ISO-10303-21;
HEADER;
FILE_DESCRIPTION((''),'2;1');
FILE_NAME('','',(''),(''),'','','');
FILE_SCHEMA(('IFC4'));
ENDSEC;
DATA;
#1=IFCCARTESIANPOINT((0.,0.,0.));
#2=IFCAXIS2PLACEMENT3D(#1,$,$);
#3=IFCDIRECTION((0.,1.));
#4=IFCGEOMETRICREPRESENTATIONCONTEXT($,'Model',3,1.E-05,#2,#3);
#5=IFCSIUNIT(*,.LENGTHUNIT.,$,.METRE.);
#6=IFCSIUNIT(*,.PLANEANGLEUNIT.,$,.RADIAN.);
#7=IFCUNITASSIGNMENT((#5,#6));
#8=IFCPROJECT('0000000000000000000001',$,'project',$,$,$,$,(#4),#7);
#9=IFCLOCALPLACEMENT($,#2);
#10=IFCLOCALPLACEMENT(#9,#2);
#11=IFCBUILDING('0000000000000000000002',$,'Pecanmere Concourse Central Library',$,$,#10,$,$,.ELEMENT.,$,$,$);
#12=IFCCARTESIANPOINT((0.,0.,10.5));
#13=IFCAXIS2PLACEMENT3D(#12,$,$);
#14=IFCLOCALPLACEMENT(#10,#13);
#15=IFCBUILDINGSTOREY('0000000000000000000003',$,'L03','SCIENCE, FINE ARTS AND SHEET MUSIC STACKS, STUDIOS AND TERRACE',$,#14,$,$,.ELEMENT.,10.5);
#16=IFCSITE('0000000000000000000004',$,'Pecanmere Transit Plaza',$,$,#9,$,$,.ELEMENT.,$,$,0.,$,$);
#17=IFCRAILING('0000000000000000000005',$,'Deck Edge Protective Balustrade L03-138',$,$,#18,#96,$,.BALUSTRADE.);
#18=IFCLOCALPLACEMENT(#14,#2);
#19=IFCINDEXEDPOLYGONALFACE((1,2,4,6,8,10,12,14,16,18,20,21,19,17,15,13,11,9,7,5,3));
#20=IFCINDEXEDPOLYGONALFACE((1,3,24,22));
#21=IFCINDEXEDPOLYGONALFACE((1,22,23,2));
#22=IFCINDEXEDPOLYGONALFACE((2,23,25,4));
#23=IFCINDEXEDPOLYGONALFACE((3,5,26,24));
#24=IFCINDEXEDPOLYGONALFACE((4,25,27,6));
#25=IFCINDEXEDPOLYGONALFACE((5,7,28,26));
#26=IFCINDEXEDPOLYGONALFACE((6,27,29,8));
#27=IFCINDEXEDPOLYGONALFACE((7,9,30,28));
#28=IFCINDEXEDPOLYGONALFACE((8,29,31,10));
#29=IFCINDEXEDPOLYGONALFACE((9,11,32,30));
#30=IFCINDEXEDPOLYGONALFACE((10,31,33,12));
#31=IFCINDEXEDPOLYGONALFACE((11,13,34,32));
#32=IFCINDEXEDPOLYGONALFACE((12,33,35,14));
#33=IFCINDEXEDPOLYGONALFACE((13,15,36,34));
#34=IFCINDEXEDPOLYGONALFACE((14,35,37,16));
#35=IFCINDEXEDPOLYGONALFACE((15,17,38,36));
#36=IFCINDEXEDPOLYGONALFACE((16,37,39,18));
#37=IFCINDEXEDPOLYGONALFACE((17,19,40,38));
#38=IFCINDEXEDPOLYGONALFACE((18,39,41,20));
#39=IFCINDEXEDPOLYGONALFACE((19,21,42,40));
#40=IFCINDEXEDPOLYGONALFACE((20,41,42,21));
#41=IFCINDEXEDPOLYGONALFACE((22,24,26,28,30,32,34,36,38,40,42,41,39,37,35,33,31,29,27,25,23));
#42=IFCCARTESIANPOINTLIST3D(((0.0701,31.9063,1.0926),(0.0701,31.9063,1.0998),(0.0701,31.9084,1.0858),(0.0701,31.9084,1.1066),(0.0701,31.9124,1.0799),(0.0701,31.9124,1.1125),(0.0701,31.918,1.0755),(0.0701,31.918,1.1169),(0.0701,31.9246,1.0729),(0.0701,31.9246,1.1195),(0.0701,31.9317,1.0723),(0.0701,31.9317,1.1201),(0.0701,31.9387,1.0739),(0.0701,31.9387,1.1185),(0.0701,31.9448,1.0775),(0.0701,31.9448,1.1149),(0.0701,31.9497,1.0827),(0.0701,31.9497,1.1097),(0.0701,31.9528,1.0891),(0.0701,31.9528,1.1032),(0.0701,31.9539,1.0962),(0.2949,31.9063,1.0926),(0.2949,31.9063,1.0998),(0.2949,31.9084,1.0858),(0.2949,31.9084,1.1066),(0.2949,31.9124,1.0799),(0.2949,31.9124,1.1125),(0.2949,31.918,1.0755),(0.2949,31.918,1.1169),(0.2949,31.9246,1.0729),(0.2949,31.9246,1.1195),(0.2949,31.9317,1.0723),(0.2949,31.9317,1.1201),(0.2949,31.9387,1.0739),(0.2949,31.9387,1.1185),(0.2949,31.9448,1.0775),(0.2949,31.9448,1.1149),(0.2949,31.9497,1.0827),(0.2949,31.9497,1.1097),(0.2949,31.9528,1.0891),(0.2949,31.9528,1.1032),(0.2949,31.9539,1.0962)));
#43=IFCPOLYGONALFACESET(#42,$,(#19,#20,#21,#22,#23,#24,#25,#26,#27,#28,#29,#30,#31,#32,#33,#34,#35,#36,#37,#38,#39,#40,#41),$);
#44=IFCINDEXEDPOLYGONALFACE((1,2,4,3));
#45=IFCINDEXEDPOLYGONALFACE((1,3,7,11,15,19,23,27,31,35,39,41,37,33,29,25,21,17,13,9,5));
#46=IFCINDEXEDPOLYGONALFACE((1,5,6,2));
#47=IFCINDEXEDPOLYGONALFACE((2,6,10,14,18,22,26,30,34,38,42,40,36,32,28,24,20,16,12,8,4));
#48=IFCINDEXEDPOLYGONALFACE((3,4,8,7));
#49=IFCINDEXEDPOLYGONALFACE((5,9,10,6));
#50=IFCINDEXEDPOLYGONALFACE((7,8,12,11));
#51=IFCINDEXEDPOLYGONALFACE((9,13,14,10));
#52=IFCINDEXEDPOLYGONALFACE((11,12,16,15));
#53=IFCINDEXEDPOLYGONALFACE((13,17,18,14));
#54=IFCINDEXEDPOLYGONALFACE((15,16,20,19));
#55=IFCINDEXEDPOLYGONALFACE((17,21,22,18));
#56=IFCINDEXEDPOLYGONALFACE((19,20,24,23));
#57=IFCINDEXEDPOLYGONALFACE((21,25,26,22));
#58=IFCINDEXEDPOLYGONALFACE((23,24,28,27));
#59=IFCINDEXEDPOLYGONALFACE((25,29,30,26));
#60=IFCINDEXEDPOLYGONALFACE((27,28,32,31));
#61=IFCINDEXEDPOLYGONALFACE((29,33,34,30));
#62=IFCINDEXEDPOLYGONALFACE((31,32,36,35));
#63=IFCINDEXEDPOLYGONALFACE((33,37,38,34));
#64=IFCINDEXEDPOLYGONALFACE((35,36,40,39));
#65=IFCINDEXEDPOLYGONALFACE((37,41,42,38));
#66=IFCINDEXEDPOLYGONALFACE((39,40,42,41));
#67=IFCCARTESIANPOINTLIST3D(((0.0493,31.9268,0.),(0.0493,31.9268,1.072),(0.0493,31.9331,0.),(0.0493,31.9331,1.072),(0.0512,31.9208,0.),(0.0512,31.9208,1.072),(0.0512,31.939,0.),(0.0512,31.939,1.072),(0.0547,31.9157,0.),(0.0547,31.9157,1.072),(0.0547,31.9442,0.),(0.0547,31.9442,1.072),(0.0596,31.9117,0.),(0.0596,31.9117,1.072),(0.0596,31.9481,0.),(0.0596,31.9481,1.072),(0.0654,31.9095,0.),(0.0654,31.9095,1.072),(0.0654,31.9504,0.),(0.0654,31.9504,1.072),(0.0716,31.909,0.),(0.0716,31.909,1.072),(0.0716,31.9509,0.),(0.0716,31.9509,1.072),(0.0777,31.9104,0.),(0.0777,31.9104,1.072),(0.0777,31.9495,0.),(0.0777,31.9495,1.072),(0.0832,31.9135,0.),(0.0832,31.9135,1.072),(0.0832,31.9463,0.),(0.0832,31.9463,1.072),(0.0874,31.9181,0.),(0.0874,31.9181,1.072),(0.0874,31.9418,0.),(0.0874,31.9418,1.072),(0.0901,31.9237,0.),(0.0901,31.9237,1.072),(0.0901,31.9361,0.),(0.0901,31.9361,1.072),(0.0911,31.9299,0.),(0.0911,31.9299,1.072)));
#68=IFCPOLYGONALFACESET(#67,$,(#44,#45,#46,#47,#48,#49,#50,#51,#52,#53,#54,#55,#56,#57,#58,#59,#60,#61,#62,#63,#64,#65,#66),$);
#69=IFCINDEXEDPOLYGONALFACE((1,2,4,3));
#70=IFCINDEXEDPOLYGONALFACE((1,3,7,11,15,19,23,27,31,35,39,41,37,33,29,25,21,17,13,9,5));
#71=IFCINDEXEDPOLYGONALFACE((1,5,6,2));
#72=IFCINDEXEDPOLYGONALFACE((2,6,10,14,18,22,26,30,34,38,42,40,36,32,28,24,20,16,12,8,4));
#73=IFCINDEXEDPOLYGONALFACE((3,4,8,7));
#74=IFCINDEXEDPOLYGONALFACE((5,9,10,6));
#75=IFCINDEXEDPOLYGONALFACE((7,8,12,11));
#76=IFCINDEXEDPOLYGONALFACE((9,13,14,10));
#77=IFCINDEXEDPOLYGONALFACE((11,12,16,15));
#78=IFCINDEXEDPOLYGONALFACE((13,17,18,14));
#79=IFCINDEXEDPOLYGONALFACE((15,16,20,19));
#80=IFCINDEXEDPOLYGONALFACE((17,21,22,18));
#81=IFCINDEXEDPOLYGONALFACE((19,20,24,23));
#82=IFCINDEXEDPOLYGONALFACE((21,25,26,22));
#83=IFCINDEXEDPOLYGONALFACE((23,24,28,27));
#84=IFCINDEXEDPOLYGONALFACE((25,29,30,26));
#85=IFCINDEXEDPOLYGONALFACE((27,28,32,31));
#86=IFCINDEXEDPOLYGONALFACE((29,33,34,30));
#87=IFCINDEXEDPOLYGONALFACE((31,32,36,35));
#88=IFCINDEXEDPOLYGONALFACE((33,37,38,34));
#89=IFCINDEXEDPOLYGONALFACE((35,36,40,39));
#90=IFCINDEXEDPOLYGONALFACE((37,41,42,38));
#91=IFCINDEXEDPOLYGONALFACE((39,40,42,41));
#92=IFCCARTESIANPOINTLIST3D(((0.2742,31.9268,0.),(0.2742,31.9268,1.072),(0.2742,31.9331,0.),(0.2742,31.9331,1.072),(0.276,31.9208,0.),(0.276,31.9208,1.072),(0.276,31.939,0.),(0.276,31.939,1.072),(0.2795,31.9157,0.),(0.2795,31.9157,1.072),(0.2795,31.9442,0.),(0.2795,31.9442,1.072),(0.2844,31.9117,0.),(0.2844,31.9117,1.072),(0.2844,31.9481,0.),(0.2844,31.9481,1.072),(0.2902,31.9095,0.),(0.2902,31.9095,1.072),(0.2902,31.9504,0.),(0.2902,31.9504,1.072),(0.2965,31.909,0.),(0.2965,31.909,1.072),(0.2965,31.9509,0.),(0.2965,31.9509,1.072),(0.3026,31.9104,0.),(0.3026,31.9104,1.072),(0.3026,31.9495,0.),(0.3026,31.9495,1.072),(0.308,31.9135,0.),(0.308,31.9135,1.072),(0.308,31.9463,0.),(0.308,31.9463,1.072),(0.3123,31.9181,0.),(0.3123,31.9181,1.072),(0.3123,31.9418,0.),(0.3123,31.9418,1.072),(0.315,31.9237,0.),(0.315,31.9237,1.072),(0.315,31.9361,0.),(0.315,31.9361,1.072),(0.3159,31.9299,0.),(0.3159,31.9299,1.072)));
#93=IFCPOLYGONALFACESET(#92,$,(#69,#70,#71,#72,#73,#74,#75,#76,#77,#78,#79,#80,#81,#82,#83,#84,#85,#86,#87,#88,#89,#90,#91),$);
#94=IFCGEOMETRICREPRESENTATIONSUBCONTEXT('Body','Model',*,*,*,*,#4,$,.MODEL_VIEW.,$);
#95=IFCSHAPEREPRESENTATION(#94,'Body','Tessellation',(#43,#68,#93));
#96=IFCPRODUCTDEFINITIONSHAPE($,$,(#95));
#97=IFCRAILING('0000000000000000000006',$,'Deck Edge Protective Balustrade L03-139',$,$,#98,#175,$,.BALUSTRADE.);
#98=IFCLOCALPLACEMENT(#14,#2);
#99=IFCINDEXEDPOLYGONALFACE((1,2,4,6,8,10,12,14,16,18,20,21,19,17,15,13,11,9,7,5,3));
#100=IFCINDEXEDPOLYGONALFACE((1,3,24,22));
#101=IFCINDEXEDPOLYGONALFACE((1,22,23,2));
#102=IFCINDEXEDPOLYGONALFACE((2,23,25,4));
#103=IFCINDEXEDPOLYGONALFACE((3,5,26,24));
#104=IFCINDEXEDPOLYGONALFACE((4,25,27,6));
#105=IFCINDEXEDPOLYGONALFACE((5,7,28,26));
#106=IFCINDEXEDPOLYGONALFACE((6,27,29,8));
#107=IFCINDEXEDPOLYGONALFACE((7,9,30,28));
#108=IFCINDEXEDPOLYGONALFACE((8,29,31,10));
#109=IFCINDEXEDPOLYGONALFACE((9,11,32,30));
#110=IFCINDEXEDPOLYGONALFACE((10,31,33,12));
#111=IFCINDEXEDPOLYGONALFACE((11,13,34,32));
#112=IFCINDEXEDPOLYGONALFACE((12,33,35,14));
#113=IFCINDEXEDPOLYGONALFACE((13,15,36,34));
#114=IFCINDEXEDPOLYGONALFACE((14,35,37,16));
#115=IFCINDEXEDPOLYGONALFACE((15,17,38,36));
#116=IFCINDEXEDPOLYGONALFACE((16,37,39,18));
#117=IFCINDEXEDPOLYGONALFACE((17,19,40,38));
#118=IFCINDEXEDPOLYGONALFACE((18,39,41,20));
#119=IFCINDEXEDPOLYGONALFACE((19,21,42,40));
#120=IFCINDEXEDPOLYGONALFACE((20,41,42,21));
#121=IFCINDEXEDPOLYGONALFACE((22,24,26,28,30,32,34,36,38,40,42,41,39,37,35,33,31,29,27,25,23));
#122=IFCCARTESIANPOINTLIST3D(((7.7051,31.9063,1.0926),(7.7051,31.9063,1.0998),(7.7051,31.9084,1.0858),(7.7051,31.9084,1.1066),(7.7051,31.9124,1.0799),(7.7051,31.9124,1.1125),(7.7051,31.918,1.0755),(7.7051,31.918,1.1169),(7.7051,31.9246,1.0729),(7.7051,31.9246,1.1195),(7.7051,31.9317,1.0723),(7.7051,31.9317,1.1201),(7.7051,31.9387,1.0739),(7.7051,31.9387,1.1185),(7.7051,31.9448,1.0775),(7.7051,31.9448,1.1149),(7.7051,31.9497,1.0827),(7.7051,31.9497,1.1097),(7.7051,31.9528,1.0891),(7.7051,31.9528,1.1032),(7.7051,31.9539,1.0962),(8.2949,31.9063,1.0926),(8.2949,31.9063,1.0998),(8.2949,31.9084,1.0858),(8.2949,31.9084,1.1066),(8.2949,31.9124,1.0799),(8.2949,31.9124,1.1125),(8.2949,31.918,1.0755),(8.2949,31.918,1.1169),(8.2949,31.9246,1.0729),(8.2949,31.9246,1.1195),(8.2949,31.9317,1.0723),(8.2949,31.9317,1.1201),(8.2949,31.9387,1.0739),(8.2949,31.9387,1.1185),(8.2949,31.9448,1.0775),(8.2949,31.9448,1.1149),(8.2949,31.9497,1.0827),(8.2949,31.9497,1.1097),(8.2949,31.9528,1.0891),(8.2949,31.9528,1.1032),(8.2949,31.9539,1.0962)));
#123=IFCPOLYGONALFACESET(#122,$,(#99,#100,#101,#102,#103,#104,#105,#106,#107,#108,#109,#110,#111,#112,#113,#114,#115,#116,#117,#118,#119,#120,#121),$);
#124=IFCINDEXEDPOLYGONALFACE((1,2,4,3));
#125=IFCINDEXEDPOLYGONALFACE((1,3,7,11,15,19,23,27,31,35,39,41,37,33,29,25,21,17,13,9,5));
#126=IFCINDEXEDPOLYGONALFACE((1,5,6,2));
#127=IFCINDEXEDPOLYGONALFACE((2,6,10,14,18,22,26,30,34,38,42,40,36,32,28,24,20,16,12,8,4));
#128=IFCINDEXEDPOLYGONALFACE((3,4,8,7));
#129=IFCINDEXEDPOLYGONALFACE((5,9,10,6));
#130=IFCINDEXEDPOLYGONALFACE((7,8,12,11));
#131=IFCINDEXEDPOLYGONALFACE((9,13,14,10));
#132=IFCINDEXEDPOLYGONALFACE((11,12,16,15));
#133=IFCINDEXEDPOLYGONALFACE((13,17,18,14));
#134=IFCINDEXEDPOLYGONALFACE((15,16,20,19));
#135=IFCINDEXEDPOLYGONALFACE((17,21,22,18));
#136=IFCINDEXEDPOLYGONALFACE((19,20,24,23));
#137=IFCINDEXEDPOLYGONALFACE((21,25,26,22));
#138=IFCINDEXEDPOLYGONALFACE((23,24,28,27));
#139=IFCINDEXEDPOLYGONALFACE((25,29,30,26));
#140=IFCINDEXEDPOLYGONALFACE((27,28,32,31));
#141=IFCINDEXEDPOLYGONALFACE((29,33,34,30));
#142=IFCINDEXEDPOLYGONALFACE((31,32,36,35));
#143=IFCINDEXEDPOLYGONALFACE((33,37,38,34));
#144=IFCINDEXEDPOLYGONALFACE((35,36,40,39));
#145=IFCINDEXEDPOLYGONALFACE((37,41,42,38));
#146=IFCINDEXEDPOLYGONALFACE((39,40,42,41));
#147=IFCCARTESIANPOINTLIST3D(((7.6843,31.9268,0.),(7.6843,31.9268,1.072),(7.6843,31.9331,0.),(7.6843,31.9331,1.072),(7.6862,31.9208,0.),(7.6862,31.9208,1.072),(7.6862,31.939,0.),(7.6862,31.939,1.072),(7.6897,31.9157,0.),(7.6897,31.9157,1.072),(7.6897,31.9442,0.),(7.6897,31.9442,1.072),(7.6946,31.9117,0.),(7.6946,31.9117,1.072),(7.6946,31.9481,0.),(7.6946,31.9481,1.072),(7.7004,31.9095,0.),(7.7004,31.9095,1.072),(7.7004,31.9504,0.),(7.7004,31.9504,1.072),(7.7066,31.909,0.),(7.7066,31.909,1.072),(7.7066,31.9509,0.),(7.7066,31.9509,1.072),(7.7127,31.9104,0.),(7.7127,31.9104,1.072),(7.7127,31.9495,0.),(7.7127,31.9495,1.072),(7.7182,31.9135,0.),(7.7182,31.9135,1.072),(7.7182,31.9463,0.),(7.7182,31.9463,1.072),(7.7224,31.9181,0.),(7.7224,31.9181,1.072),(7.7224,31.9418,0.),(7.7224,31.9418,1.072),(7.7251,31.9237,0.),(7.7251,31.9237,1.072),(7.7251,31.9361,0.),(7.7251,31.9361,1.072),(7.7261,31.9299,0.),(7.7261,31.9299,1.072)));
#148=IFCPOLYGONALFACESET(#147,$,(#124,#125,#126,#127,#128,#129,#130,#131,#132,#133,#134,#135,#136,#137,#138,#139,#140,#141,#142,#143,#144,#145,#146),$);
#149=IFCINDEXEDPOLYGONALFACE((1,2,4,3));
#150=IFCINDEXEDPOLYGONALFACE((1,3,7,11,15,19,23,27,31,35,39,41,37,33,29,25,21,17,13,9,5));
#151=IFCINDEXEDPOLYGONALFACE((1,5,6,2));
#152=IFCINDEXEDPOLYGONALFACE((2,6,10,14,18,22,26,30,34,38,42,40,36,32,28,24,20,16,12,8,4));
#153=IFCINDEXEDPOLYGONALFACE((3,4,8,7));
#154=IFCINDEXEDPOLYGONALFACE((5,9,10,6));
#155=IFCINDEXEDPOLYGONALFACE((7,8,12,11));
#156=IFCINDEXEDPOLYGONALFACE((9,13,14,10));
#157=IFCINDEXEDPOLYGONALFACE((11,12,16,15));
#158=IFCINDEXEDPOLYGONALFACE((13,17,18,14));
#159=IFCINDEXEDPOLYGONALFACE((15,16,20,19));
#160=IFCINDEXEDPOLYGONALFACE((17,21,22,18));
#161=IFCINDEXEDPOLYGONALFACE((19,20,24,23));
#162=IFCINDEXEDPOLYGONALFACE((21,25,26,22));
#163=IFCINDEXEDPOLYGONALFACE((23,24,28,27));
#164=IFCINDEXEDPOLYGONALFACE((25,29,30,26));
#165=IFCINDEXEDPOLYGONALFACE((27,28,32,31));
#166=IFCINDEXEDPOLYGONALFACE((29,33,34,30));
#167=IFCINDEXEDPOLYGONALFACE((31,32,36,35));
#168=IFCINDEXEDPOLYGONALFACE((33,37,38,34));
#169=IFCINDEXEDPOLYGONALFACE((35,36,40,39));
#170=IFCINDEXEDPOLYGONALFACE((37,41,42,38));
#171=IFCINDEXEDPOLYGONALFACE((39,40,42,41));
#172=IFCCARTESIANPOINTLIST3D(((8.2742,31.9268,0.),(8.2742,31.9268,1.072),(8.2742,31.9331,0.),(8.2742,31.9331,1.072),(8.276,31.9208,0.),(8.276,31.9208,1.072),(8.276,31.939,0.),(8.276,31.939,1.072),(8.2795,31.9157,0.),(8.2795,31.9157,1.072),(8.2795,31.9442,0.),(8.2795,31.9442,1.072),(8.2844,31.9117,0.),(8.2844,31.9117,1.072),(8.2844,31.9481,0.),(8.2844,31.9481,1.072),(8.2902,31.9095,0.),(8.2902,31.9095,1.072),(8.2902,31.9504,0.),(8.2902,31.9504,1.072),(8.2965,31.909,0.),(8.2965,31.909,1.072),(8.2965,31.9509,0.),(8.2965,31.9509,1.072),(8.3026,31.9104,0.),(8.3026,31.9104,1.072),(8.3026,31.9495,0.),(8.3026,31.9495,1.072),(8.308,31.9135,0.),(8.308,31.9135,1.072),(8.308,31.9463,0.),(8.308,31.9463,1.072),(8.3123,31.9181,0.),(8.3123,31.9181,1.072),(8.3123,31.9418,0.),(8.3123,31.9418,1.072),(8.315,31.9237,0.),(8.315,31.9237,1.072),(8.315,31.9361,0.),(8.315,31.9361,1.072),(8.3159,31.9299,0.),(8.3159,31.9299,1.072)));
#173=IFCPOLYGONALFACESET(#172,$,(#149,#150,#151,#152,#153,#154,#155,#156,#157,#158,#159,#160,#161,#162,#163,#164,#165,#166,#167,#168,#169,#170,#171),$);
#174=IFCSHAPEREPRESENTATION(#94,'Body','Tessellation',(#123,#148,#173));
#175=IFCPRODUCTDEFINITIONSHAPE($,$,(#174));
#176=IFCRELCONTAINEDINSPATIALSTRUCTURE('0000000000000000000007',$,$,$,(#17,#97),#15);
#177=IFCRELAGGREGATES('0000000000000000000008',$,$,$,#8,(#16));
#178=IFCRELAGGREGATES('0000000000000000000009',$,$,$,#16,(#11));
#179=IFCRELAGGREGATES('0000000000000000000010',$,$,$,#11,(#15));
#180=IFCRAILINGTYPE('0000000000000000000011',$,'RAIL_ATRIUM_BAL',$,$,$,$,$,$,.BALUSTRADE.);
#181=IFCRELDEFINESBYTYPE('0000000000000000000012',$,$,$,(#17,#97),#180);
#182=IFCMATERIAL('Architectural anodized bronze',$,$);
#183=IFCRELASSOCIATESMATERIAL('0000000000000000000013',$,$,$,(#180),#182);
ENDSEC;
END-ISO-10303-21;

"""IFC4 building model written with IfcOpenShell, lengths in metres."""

from ifc_helpers import new_model, si_unit, direction, frame, origin, origin_2d, place, context, subcontext, project, spatial, circle, extrude, material, type_object, element, save


model = new_model("IFC4")

# Units and contexts
model_context = context("Model", 3, precision=1e-05, world=origin(), true_north=direction((0.0, 1.0)))
body_context = subcontext(model_context, "Body", "Model", "MODEL_VIEW")
ifc_project = project(units=[si_unit("LENGTHUNIT", "METRE"), si_unit("PLANEANGLEUNIT", "RADIAN")], contexts=[model_context])

# Site, building, storey
site_placement = place(None, origin())
site = spatial("IfcSite", under=ifc_project, at=site_placement, Name="Pecanmere Transit Plaza", CompositionType="ELEMENT", RefElevation=0.0)
building_placement = place(site_placement, origin())
building = spatial("IfcBuilding", under=site, at=building_placement, Name="Pecanmere Concourse Central Library", CompositionType="ELEMENT")
storey_placement = place(building_placement, frame((0.0, 0.0, 10.5)))
storey = spatial("IfcBuildingStorey", under=building, at=storey_placement, Name="L03", Description="SCIENCE, FINE ARTS AND SHEET MUSIC STACKS, STUDIOS AND TERRACE", CompositionType="ELEMENT", Elevation=10.5)

# Railings
ifc_material_1 = material(Name="Architectural anodized bronze")
railing_type = type_object("IfcRailingType", Name="RAIL_ATRIUM_BAL", PredefinedType="BALUSTRADE", material=ifc_material_1)
railing_1_placement = place(storey_placement, frame((0.0701, 31.9299, 0.0)))
element("IfcRailing", 1, at=railing_1_placement, inside=storey, type_object=railing_type, Name="Deck Edge Protective Balustrade L03-138", PredefinedType="BALUSTRADE", context=body_context, shape_type="SweptSolid", body=[
    extrude(circle(Radius=0.0239, at=origin_2d()), frame((0.0, 0.0, 1.0962), z_axis=(1.0, 0.0, 0.0), x_axis=(0.0, 1.0, 0.0)), (0.0, 0.0, 1.0), 0.2249),
    extrude(circle(Radius=0.021, at=origin_2d()), origin(), (0.0, 0.0, 1.0), 1.072),
    extrude(circle(Radius=0.021, at=origin_2d()), frame((0.2249, 0.0, 0.0)), (0.0, 0.0, 1.0), 1.072),
])
for number, where, name in (
    (2, (7.7051, 31.9299, 0.0), "Deck Edge Protective Balustrade L03-139"),
):
    element("IfcRailing", number, at=place(storey_placement, frame(where)), inside=storey, type_object=railing_type, Name=name, PredefinedType="BALUSTRADE", context=body_context, shape_type="SweptSolid", body=[
        extrude(circle(Radius=0.0239, at=origin_2d()), frame((0.0, 0.0, 1.0962), z_axis=(1.0, 0.0, 0.0), x_axis=(0.0, 1.0, 0.0)), (0.0, 0.0, 1.0), 0.5898),
        extrude(circle(Radius=0.021, at=origin_2d()), origin(), (0.0, 0.0, 1.0), 1.072),
        extrude(circle(Radius=0.021, at=origin_2d()), frame((0.5898, 0.0, 0.0)), (0.0, 0.0, 1.0), 1.072),
    ])

save(model, "model.ifc")
